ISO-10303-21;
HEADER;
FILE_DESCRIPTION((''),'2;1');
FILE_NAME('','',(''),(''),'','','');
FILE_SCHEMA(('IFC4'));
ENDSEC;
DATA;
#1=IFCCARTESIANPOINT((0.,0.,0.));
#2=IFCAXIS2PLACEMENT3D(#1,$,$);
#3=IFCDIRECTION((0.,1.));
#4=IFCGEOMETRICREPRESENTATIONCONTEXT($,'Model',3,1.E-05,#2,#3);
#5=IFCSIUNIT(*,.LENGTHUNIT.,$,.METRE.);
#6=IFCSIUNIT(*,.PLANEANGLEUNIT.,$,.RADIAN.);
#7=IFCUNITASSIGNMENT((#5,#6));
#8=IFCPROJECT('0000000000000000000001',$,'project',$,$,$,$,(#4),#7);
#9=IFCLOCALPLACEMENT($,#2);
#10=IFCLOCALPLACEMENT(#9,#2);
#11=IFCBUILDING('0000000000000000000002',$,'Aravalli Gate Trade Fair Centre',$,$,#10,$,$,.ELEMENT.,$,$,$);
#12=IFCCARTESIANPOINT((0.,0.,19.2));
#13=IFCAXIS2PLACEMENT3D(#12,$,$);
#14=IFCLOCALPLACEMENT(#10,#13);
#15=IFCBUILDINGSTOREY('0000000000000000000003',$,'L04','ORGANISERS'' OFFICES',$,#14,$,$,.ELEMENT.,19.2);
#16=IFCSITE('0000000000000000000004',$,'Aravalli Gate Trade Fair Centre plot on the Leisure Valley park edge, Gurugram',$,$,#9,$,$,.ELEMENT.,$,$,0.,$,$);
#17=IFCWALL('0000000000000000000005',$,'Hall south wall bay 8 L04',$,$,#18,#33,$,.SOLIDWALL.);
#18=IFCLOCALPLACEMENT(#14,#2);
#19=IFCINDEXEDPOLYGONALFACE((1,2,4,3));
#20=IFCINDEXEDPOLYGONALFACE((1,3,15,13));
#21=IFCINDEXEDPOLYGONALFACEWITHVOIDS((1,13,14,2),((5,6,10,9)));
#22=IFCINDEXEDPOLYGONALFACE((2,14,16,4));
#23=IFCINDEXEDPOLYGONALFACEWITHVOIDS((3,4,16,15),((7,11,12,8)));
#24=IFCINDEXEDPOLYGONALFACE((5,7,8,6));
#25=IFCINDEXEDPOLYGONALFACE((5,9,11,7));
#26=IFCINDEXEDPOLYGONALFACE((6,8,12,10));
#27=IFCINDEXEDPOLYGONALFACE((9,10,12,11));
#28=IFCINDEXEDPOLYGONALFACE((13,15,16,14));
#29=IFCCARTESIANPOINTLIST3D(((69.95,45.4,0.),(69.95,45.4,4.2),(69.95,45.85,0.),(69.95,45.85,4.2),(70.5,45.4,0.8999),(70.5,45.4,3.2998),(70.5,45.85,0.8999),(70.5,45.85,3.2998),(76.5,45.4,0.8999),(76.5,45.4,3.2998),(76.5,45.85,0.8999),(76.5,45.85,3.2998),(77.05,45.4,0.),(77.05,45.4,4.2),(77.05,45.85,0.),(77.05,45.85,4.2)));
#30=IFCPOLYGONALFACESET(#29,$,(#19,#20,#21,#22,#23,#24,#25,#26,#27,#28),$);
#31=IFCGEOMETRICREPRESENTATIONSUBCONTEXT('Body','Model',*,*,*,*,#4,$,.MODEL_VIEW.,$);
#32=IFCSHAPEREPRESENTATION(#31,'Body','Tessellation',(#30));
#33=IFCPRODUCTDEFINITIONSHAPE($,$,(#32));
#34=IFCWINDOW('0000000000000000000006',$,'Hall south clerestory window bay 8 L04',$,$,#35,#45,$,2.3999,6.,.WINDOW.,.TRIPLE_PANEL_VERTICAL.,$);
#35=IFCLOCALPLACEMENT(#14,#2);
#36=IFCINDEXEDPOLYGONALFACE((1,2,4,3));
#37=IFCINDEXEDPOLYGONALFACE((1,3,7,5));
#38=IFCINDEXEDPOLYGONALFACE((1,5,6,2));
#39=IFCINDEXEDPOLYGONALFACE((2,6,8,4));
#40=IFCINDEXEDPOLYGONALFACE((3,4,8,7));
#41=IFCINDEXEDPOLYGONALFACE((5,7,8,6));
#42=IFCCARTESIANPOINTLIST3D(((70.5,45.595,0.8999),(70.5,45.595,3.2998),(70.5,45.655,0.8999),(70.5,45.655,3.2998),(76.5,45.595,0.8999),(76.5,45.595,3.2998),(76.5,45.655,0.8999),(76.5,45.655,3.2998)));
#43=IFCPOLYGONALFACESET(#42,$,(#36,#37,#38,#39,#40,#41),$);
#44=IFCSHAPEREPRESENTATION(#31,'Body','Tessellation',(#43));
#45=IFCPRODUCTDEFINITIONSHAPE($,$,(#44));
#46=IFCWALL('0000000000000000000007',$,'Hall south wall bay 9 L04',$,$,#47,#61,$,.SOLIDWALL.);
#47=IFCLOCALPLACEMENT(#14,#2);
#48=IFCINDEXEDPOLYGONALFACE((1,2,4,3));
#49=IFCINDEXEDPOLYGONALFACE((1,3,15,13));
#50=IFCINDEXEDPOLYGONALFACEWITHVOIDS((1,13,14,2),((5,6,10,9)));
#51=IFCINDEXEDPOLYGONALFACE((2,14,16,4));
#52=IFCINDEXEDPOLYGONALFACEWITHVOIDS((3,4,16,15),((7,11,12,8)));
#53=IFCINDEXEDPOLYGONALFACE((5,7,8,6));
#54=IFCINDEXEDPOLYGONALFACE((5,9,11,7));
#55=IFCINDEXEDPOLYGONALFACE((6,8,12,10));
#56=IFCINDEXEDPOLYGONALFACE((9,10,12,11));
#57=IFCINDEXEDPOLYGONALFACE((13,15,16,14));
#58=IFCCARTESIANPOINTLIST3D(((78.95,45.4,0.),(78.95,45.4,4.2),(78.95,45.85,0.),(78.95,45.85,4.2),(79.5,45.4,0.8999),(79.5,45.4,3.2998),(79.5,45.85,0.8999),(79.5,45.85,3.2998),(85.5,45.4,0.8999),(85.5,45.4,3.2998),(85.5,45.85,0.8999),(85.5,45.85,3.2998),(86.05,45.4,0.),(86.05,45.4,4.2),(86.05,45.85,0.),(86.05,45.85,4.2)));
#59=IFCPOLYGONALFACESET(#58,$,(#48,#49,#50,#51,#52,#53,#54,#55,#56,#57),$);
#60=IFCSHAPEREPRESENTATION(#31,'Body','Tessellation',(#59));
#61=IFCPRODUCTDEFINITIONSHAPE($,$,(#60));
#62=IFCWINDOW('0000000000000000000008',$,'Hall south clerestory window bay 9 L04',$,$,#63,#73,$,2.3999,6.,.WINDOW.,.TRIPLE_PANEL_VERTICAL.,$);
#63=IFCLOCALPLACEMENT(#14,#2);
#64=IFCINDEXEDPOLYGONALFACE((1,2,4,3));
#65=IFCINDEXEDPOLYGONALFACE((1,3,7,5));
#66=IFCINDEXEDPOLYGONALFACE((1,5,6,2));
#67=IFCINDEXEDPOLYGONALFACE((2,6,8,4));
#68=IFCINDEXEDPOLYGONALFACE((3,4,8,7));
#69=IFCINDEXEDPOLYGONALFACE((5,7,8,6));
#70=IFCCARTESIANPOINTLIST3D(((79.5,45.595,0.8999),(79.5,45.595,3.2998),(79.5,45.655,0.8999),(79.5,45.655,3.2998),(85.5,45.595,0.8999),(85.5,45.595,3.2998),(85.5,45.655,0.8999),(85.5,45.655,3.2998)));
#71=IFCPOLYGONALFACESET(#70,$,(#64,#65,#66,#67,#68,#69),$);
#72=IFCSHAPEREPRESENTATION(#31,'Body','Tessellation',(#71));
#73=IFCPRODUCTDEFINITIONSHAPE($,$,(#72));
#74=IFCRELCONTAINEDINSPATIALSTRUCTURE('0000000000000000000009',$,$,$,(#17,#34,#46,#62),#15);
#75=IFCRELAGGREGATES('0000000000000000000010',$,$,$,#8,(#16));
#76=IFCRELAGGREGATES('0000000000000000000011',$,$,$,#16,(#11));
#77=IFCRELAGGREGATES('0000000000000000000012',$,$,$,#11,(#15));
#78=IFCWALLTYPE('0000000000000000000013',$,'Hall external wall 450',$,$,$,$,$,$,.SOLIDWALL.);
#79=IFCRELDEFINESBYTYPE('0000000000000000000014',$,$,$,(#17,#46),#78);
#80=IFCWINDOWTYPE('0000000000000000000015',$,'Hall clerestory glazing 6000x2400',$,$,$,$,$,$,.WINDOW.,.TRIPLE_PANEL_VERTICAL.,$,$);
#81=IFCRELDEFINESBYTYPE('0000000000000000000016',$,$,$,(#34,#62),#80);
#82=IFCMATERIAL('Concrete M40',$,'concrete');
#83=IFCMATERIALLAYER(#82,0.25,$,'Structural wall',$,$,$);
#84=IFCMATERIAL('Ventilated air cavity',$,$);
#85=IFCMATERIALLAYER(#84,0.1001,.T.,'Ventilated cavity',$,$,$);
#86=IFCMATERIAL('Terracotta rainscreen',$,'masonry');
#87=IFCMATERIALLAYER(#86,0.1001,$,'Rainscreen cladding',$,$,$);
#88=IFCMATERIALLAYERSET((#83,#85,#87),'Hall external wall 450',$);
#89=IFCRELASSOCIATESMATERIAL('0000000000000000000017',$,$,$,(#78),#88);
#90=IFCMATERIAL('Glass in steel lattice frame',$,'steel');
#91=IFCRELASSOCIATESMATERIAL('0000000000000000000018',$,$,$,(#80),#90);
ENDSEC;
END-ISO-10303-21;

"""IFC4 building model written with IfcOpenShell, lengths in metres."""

from ifc_helpers import new_model, si_unit, direction, frame, frame_2d, origin, place, context, subcontext, project, spatial, rectangle, extrude, material, layer, layer_set, type_object, element, fill, save


model = new_model("IFC4")

# Units and contexts
model_context = context("Model", 3, precision=1e-05, world=origin(), true_north=direction((0.0, 1.0)))
body_context = subcontext(model_context, "Body", "Model", "MODEL_VIEW")
ifc_project = project(units=[si_unit("LENGTHUNIT", "METRE"), si_unit("PLANEANGLEUNIT", "RADIAN")], contexts=[model_context])

# Site, building, storey
site_placement = place(None, origin())
site = spatial("IfcSite", under=ifc_project, at=site_placement, Name="Aravalli Gate Trade Fair Centre plot on the Leisure Valley park edge, Gurugram", CompositionType="ELEMENT", RefElevation=0.0)
building_placement = place(site_placement, origin())
building = spatial("IfcBuilding", under=site, at=building_placement, Name="Aravalli Gate Trade Fair Centre", CompositionType="ELEMENT")
storey_placement = place(building_placement, frame((0.0, 0.0, 19.2)))
storey = spatial("IfcBuildingStorey", under=building, at=storey_placement, Name="L04", Description="ORGANISERS' OFFICES", CompositionType="ELEMENT", Elevation=19.2)

# Walls, openings, windows
ifc_material_1 = material(Name="Concrete M40", Category="concrete")
ifc_layer_1 = layer(ifc_material_1, 0.25, Name="Structural wall")
ifc_material_2 = material(Name="Ventilated air cavity")
ifc_layer_2 = layer(ifc_material_2, 0.1001, ventilated=True, Name="Ventilated cavity")
ifc_material_3 = material(Name="Terracotta rainscreen", Category="masonry")
ifc_layer_3 = layer(ifc_material_3, 0.1001, Name="Rainscreen cladding")
ifc_layer_set = layer_set([ifc_layer_1, ifc_layer_2, ifc_layer_3], Name="Hall external wall 450")
wall_type = type_object("IfcWallType", Name="Hall external wall 450", PredefinedType="SOLIDWALL", material=ifc_layer_set)
ifc_material_4 = material(Name="Glass in steel lattice frame", Category="steel")
window_type = type_object("IfcWindowType", Name="Hall clerestory glazing 6000x2400", PartitioningType="TRIPLE_PANEL_VERTICAL", PredefinedType="WINDOW", material=ifc_material_4)
wall_1_placement = place(storey_placement, frame((69.95, 45.625, 0.0), z_axis=(0.0, 0.0, 1.0), x_axis=(1.0, 0.0, 0.0)))
wall_1 = element("IfcWall", 1, at=wall_1_placement, inside=storey, type_object=wall_type, Name="Hall south wall bay 8 L04", PredefinedType="SOLIDWALL", context=body_context, shape_type="SweptSolid", body=[
    extrude(rectangle(XDim=7.1001, YDim=0.45, at=frame_2d((3.55, 0.0))), origin(), (0.0, 0.0, 1.0), 4.2),
])
opening_1_placement = place(wall_1_placement, frame((0.55, 0.0, 0.8999)))
opening_1 = element("IfcOpeningElement", 2, at=opening_1_placement, cuts=wall_1, PredefinedType="OPENING", context=body_context, shape_type="SweptSolid", body=[
    extrude(rectangle(XDim=6.0, YDim=2.3999, at=frame_2d((3.0, 1.2))), frame((0.0, 0.2349, 0.0), z_axis=(0.0, -1.0, 0.0), x_axis=(1.0, 0.0, 0.0)), (0.0, 0.0, 1.0), 0.47),
])
window_1_placement = place(opening_1_placement, origin())
window_1 = element("IfcWindow", 3, at=window_1_placement, inside=storey, type_object=window_type, Name="Hall south clerestory window bay 8 L04", OverallHeight=2.3999, OverallWidth=6.0, PartitioningType="TRIPLE_PANEL_VERTICAL", PredefinedType="WINDOW", context=body_context, shape_type="SweptSolid", body=[
    extrude(rectangle(XDim=6.0, YDim=2.3999, at=frame_2d((3.0, 1.2))), frame((0.0, 0.03, 0.0), z_axis=(0.0, -1.0, 0.0), x_axis=(1.0, 0.0, 0.0)), (0.0, 0.0, 1.0), 0.0601),
])
fill(opening_1, window_1)
wall_2_placement = place(storey_placement, frame((78.95, 45.625, 0.0), z_axis=(0.0, 0.0, 1.0), x_axis=(1.0, 0.0, 0.0)))
wall_2 = element("IfcWall", 4, at=wall_2_placement, inside=storey, type_object=wall_type, Name="Hall south wall bay 9 L04", PredefinedType="SOLIDWALL", context=body_context, shape_type="SweptSolid", body=[
    extrude(rectangle(XDim=7.1001, YDim=0.45, at=frame_2d((3.55, 0.0))), origin(), (0.0, 0.0, 1.0), 4.2),
])
opening_2_placement = place(wall_2_placement, frame((0.55, 0.0, 0.8999)))
opening_2 = element("IfcOpeningElement", 5, at=opening_2_placement, cuts=wall_2, PredefinedType="OPENING", context=body_context, shape_type="SweptSolid", body=[
    extrude(rectangle(XDim=6.0, YDim=2.3999, at=frame_2d((3.0, 1.2))), frame((0.0, 0.2349, 0.0), z_axis=(0.0, -1.0, 0.0), x_axis=(1.0, 0.0, 0.0)), (0.0, 0.0, 1.0), 0.47),
])
window_2_placement = place(opening_2_placement, origin())
window_2 = element("IfcWindow", 6, at=window_2_placement, inside=storey, type_object=window_type, Name="Hall south clerestory window bay 9 L04", OverallHeight=2.3999, OverallWidth=6.0, PartitioningType="TRIPLE_PANEL_VERTICAL", PredefinedType="WINDOW", context=body_context, shape_type="SweptSolid", body=[
    extrude(rectangle(XDim=6.0, YDim=2.3999, at=frame_2d((3.0, 1.2))), frame((0.0, 0.03, 0.0), z_axis=(0.0, -1.0, 0.0), x_axis=(1.0, 0.0, 0.0)), (0.0, 0.0, 1.0), 0.0601),
])
fill(opening_2, window_2)

save(model, "model.ifc")
